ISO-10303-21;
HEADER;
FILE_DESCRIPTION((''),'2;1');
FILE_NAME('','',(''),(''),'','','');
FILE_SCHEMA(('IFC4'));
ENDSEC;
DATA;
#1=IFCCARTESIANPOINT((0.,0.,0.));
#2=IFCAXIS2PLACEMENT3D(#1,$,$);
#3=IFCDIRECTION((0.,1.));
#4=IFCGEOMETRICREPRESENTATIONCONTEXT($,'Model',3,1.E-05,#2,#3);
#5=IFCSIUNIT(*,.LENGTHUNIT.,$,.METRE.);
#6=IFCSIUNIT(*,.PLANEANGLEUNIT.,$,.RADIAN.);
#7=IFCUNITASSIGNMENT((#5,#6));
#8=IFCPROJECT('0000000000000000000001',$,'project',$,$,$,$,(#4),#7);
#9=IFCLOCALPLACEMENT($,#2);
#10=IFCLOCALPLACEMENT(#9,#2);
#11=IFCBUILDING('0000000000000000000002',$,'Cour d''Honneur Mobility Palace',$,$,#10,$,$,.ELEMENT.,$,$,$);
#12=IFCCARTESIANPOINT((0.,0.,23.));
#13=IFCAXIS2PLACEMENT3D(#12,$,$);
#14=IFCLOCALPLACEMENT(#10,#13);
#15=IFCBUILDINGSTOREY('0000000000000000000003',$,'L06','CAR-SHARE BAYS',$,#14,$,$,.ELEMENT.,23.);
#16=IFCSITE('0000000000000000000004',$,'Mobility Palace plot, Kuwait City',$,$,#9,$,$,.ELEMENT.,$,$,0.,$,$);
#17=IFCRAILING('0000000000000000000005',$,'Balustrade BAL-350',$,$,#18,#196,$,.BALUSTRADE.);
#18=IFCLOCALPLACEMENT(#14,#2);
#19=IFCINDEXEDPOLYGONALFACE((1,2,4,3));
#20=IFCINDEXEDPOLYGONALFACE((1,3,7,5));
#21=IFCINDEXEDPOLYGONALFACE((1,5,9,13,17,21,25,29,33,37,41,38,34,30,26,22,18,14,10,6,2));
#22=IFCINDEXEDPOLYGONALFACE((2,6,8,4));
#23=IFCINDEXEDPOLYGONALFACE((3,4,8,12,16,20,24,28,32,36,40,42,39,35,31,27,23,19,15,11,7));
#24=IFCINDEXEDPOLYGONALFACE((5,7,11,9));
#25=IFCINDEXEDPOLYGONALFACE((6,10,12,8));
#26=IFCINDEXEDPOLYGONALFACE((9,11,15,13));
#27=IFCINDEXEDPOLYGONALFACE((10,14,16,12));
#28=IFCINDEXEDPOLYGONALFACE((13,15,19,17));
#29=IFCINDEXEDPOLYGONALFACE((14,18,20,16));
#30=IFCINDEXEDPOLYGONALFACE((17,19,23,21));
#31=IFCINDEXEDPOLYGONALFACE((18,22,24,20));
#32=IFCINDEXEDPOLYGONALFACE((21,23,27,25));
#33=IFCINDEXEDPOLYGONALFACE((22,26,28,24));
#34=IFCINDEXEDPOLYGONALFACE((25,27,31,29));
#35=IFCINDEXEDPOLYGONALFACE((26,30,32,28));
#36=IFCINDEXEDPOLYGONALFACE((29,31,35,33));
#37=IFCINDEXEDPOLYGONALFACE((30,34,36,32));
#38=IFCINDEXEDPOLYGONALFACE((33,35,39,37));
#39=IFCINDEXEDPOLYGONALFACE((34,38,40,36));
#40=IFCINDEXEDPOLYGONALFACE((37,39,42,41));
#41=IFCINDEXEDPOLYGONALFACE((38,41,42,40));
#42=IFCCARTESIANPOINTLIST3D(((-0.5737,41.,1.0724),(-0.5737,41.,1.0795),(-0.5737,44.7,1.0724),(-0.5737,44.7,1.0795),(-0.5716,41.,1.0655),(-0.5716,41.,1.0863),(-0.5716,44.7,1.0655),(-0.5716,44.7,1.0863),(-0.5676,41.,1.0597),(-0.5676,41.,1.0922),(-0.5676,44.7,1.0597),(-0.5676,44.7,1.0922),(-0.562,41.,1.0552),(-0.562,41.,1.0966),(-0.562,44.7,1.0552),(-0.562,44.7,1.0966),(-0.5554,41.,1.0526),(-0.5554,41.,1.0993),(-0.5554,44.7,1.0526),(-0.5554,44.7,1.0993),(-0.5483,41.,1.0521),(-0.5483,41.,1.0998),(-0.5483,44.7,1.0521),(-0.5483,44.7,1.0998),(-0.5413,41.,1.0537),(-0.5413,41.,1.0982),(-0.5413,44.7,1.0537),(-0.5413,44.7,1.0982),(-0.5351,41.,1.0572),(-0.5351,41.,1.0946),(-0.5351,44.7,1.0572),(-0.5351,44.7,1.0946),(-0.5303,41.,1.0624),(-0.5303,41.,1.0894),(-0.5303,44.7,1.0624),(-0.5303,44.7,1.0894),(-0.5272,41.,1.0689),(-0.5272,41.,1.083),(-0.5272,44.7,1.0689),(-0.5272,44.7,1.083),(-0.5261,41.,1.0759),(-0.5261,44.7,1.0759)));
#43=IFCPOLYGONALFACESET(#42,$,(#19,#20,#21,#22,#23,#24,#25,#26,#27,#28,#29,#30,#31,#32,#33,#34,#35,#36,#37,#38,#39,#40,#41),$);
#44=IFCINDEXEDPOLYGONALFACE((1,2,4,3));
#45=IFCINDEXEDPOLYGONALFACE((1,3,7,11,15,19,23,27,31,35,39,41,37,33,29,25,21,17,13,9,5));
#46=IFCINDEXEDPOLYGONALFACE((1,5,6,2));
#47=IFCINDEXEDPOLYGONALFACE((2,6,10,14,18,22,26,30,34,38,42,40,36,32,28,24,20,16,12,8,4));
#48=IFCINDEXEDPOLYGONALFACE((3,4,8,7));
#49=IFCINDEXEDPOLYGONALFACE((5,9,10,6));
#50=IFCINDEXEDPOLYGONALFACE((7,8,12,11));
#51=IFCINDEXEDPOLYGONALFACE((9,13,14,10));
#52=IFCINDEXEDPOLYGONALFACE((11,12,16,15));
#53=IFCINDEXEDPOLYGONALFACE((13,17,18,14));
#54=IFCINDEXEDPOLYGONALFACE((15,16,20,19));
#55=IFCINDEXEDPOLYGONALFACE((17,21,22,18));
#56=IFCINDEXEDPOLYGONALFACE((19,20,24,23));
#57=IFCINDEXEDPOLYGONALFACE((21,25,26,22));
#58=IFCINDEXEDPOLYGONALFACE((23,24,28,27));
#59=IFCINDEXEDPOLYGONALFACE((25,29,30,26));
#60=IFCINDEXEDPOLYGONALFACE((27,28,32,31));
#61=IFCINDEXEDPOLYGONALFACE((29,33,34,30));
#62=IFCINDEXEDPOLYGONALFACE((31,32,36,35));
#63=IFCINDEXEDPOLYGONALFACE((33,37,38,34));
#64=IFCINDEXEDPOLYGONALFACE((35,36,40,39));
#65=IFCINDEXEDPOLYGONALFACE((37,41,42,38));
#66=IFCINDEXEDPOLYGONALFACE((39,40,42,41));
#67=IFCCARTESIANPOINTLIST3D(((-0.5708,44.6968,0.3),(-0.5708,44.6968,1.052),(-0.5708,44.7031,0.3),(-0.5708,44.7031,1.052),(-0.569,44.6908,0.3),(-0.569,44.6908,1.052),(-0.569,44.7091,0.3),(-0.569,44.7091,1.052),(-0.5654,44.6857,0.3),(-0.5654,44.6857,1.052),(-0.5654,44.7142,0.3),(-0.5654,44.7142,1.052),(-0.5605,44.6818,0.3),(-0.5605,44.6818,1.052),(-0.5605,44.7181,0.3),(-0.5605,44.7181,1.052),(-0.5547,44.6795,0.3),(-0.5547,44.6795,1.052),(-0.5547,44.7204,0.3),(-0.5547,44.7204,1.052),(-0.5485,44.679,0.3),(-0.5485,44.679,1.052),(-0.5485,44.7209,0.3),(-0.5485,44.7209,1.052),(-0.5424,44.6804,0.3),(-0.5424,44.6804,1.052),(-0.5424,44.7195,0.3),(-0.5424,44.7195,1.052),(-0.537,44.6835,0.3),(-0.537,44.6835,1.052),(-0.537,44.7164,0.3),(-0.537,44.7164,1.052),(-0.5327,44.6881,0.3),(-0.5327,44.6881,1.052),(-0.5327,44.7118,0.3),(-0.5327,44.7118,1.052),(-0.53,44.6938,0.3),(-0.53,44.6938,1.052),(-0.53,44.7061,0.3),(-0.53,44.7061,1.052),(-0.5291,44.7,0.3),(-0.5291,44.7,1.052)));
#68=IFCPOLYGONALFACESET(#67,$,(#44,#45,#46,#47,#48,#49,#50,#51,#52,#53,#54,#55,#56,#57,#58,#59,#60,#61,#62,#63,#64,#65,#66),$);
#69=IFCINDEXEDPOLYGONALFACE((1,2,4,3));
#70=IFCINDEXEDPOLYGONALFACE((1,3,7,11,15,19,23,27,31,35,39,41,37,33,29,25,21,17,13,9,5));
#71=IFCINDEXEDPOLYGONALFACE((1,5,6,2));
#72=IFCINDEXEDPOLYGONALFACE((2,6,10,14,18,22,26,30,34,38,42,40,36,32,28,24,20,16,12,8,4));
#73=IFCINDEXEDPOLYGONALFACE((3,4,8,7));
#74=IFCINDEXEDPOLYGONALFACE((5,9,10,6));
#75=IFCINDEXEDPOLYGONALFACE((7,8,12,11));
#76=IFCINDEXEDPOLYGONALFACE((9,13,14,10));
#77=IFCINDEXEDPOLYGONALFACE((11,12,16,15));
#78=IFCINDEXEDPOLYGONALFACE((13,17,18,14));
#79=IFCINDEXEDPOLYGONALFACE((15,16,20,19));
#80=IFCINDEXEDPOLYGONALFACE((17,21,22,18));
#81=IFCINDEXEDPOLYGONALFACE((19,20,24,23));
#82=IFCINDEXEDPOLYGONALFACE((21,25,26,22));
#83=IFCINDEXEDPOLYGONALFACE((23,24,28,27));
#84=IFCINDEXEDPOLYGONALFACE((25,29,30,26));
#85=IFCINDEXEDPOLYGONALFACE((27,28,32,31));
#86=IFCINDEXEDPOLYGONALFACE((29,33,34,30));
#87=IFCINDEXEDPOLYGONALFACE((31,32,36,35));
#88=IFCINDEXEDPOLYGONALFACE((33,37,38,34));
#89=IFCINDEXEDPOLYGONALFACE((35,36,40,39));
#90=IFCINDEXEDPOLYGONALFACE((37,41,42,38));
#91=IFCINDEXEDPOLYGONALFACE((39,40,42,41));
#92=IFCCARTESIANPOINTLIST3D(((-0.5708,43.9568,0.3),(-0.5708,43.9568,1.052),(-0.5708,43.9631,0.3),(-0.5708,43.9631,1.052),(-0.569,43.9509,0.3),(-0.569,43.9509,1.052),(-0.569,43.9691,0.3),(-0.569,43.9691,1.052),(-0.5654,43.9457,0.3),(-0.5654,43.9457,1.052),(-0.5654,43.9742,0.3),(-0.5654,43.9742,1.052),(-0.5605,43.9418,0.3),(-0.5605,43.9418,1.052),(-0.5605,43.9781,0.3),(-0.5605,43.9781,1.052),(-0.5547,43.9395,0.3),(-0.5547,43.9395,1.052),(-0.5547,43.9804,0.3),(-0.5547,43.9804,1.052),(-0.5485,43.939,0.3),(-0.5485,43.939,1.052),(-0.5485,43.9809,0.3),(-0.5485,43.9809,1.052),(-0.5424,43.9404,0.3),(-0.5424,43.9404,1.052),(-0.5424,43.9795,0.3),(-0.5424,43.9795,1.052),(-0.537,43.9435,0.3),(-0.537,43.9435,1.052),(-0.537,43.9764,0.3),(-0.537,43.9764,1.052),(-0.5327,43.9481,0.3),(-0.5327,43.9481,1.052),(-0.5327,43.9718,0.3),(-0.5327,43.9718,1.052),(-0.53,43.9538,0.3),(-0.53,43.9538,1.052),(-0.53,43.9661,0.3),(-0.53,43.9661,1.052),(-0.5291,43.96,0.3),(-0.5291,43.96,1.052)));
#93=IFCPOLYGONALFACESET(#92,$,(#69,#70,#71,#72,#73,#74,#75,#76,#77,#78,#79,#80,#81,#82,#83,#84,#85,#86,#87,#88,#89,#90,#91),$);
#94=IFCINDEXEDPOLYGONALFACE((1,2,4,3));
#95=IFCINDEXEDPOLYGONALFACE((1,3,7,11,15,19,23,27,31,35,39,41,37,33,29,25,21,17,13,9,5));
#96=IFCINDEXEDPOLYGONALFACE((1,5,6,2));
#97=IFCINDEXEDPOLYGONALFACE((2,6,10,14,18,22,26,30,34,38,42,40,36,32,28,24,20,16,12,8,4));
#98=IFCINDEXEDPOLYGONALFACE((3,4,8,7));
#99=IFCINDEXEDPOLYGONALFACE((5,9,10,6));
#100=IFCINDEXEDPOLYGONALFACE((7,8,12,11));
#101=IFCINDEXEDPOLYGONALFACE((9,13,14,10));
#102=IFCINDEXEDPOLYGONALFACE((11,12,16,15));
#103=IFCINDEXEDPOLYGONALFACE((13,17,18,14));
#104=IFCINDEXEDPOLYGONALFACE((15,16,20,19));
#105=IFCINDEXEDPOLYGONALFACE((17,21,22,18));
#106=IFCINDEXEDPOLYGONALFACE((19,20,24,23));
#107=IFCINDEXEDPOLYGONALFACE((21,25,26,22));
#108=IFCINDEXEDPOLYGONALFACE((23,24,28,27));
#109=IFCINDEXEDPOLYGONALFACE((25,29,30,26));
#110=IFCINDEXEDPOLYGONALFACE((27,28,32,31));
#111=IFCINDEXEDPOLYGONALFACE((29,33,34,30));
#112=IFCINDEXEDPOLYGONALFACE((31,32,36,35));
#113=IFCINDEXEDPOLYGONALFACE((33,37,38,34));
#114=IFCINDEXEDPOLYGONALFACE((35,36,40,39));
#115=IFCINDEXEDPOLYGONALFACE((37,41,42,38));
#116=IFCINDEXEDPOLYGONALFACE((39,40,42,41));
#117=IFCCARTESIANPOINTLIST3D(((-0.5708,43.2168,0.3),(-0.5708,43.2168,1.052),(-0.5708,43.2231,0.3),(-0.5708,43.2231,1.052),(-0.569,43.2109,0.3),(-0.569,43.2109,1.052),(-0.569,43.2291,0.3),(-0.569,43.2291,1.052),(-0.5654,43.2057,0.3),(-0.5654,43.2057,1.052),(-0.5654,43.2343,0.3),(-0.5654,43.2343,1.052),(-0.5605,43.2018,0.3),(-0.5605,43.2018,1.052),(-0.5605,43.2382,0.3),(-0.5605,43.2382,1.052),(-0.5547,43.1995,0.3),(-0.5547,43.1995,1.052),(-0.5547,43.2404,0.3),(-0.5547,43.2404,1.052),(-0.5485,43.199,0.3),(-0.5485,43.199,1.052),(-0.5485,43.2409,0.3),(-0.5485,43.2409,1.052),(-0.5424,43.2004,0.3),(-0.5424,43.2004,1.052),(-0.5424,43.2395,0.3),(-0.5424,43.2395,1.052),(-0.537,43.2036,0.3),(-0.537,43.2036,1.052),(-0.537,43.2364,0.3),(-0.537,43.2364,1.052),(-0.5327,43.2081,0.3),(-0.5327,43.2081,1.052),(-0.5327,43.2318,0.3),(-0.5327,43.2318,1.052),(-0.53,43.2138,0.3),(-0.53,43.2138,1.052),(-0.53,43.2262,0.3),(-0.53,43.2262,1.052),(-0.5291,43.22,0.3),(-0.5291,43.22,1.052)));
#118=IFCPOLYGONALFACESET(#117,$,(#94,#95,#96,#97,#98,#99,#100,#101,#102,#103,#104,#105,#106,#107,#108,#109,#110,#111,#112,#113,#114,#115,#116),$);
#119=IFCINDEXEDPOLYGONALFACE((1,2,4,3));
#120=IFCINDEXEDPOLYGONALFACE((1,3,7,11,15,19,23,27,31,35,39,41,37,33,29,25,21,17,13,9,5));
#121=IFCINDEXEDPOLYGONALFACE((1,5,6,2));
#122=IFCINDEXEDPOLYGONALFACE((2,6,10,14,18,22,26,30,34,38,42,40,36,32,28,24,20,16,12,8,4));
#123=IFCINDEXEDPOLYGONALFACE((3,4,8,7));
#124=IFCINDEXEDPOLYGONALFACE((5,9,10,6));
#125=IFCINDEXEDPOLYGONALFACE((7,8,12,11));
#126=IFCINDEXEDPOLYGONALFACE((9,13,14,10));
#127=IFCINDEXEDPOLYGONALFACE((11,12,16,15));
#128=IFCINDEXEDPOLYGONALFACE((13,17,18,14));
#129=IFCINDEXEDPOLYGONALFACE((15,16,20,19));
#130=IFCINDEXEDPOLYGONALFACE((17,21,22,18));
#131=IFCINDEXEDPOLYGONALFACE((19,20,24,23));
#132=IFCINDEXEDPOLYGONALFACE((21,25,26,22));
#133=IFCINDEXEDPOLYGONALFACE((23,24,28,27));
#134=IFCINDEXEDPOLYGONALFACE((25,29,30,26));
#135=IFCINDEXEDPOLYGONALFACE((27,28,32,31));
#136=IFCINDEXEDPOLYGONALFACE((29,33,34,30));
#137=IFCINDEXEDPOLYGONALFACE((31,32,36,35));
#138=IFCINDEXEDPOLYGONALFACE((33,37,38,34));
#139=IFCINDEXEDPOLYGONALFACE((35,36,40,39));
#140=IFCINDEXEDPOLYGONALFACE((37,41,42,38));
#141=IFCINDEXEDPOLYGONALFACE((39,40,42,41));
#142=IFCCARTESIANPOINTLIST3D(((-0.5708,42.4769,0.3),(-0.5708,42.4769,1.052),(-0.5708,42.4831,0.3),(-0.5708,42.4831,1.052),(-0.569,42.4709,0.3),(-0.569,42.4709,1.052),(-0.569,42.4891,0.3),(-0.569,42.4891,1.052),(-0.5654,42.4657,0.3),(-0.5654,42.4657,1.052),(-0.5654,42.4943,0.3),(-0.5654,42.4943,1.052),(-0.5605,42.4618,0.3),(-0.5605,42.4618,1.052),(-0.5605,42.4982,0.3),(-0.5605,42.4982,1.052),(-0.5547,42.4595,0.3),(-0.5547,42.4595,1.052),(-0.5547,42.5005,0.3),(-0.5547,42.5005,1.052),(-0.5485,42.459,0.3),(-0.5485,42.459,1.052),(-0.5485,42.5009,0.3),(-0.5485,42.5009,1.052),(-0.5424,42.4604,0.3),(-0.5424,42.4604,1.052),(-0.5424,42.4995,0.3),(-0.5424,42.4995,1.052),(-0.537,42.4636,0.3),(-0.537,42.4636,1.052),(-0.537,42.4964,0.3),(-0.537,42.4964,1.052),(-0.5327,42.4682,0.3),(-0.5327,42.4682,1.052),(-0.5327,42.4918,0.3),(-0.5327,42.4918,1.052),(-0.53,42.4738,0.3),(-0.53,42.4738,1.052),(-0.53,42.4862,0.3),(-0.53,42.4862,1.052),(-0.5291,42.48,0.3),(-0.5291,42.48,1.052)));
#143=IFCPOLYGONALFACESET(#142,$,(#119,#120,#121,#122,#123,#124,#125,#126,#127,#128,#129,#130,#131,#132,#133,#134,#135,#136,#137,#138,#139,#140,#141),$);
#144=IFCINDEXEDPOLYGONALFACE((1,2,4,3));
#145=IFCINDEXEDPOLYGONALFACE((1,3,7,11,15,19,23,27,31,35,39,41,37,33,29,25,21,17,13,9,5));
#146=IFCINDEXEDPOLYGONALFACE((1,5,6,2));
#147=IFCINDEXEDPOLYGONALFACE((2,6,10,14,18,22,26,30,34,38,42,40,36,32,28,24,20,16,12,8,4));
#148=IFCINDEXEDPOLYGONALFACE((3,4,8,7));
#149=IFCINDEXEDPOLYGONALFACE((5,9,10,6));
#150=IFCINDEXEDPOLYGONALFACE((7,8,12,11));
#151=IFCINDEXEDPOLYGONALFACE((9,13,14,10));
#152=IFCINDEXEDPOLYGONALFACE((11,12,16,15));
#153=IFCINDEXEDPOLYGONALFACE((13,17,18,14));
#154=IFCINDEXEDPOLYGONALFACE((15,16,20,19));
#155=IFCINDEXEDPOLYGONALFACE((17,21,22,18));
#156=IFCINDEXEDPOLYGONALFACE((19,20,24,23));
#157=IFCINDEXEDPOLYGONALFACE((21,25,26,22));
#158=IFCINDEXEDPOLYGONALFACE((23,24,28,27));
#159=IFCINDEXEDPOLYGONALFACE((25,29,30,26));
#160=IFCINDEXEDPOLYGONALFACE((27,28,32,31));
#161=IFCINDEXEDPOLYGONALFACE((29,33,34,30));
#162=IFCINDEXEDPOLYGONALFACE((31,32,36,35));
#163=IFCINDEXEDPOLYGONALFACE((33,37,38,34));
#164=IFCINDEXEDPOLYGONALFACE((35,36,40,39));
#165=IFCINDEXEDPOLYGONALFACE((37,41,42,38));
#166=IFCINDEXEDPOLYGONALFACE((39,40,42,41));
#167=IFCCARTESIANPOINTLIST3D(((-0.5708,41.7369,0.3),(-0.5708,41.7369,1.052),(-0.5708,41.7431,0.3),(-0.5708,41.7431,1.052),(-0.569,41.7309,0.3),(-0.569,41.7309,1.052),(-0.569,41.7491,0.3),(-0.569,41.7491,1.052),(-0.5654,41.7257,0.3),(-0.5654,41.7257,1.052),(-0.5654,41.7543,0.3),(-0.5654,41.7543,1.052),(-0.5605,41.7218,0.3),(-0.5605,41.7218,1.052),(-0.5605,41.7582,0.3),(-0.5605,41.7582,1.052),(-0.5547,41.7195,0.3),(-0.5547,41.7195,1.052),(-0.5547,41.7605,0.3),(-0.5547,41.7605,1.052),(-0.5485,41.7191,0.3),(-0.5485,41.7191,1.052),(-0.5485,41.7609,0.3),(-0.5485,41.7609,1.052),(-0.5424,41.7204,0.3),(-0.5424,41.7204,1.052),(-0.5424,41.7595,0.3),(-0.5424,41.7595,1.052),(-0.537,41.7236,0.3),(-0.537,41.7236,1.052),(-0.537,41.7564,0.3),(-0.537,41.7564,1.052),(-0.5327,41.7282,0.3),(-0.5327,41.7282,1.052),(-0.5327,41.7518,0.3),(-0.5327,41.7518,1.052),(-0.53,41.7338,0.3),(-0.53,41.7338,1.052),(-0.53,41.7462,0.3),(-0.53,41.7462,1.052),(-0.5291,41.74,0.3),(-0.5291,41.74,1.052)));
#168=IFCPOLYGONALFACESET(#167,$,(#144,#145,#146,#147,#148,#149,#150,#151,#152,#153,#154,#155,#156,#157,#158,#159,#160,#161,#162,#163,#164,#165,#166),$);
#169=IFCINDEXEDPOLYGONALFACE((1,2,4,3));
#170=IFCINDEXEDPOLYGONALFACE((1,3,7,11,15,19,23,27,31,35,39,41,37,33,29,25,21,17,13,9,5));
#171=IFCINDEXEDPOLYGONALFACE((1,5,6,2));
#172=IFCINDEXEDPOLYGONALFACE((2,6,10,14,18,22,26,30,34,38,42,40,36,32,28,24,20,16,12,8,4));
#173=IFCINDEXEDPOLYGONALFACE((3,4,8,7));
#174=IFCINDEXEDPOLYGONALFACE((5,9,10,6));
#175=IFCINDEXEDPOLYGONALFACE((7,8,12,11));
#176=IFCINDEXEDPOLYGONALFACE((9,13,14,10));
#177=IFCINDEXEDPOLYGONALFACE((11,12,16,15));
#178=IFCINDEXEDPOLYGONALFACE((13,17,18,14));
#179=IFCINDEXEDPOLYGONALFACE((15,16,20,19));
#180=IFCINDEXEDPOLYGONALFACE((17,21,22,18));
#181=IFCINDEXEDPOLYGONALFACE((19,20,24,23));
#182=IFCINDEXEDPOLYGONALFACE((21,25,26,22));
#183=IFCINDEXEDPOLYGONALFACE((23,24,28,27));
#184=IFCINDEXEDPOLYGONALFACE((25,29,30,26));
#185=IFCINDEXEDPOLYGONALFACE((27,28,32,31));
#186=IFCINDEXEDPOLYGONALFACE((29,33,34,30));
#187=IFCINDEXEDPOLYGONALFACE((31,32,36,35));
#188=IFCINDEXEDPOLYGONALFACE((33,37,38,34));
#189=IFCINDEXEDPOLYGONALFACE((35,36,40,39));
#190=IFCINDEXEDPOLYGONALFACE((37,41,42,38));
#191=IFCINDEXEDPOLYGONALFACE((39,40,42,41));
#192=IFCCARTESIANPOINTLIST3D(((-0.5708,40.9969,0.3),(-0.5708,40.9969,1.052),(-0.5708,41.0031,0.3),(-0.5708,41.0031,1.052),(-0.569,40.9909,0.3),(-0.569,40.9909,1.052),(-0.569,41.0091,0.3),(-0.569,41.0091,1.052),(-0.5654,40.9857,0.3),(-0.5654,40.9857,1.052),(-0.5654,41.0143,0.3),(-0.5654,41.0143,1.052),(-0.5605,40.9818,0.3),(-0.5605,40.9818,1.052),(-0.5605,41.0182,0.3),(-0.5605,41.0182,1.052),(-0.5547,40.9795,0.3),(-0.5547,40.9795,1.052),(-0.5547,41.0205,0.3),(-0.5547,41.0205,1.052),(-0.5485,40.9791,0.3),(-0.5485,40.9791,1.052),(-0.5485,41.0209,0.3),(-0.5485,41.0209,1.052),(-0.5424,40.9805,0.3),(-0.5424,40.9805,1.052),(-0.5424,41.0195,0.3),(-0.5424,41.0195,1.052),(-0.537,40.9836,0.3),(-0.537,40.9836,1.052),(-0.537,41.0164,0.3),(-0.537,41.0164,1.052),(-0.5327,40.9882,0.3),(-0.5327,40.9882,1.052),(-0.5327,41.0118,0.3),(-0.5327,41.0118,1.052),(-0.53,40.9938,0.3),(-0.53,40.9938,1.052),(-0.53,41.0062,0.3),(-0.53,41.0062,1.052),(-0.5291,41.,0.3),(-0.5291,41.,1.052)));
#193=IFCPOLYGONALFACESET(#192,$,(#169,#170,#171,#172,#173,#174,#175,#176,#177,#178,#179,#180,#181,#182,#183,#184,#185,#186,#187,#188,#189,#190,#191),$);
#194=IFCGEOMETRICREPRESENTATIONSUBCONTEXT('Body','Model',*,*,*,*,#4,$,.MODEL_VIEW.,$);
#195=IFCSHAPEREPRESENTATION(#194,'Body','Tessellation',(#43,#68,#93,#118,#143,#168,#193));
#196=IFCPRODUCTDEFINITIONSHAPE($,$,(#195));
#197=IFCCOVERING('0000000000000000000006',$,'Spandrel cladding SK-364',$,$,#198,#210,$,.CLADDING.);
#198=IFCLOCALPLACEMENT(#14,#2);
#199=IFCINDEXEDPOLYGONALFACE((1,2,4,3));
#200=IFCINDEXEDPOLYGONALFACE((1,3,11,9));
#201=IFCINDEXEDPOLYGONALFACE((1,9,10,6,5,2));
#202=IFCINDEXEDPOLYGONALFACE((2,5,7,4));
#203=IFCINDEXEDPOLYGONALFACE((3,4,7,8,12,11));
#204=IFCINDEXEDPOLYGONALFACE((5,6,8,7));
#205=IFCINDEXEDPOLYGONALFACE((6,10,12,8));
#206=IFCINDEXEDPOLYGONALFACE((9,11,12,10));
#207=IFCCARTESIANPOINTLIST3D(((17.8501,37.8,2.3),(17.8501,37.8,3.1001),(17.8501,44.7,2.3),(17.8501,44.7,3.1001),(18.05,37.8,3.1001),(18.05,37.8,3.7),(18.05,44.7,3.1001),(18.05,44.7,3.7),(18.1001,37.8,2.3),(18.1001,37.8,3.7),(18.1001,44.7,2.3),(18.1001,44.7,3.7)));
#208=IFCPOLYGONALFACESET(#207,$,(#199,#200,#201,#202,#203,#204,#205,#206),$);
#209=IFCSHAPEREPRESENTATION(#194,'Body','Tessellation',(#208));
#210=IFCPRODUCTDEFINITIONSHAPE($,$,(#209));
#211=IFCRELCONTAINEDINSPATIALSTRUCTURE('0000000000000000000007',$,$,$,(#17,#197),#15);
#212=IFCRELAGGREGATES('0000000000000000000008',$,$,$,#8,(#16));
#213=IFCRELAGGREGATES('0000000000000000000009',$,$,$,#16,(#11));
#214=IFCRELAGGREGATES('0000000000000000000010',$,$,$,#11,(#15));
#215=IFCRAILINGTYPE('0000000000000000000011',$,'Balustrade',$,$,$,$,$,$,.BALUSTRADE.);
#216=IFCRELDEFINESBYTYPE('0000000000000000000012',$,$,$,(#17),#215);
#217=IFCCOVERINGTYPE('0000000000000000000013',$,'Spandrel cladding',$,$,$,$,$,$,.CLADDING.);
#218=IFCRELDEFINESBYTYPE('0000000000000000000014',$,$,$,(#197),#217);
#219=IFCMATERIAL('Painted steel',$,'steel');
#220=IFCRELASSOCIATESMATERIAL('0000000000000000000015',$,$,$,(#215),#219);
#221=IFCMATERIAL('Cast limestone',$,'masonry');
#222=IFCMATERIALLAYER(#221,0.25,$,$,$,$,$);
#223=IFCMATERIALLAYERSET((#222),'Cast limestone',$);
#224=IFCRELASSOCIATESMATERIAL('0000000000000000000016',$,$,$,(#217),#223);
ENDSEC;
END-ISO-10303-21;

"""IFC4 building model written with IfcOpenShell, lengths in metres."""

from ifc_helpers import new_model, si_unit, direction, frame, origin, origin_2d, place, context, subcontext, project, spatial, polyline, circle, outline, extrude, material, layer, layer_set, type_object, element, save


model = new_model("IFC4")

# Units and contexts
model_context = context("Model", 3, precision=1e-05, world=origin(), true_north=direction((0.0, 1.0)))
body_context = subcontext(model_context, "Body", "Model", "MODEL_VIEW")
ifc_project = project(units=[si_unit("LENGTHUNIT", "METRE"), si_unit("PLANEANGLEUNIT", "RADIAN")], contexts=[model_context])

# Site, building, storey
site_placement = place(None, origin())
site = spatial("IfcSite", under=ifc_project, at=site_placement, Name="Mobility Palace plot, Kuwait City", CompositionType="ELEMENT", RefElevation=0.0)
building_placement = place(site_placement, origin())
building = spatial("IfcBuilding", under=site, at=building_placement, Name="Cour d'Honneur Mobility Palace", CompositionType="ELEMENT")
storey_placement = place(building_placement, frame((0.0, 0.0, 23.0)))
storey = spatial("IfcBuildingStorey", under=building, at=storey_placement, Name="L06", Description="CAR-SHARE BAYS", CompositionType="ELEMENT", Elevation=23.0)

# Railing
ifc_material_1 = material(Name="Painted steel", Category="steel")
railing_type = type_object("IfcRailingType", Name="Balustrade", PredefinedType="BALUSTRADE", material=ifc_material_1)
railing_1_placement = place(storey_placement, frame((-0.55, 44.7, 0.3)))
element("IfcRailing", 1, at=railing_1_placement, inside=storey, type_object=railing_type, Name="Balustrade BAL-350", PredefinedType="BALUSTRADE", context=body_context, shape_type="SweptSolid", body=[
    extrude(circle(Radius=0.0239, at=origin_2d()), frame((0.0, 0.0, 0.7759), z_axis=(0.0, -1.0, 0.0), x_axis=(1.0, 0.0, 0.0)), (0.0, 0.0, 1.0), 3.7),
    extrude(circle(Radius=0.021, at=origin_2d()), origin(), (0.0, 0.0, 1.0), 0.752),
    extrude(circle(Radius=0.021, at=origin_2d()), frame((0.0, -0.74, 0.0)), (0.0, 0.0, 1.0), 0.752),
    extrude(circle(Radius=0.021, at=origin_2d()), frame((0.0, -1.48, 0.0)), (0.0, 0.0, 1.0), 0.752),
    extrude(circle(Radius=0.021, at=origin_2d()), frame((0.0, -2.22, 0.0)), (0.0, 0.0, 1.0), 0.752),
    extrude(circle(Radius=0.021, at=origin_2d()), frame((0.0, -2.96, 0.0)), (0.0, 0.0, 1.0), 0.752),
    extrude(circle(Radius=0.021, at=origin_2d()), frame((0.0, -3.7, 0.0)), (0.0, 0.0, 1.0), 0.752),
])

# Covering
ifc_material_2 = material(Name="Cast limestone", Category="masonry")
ifc_layer_1 = layer(ifc_material_2, 0.25)
ifc_layer_set_1 = layer_set([ifc_layer_1], Name="Cast limestone")
covering_type = type_object("IfcCoveringType", Name="Spandrel cladding", PredefinedType="CLADDING", material=ifc_layer_set_1)
covering_placement = place(storey_placement, frame((17.8501, 37.8, 2.3), z_axis=(0.0, -1.0, 0.0), x_axis=(1.0, 0.0, 0.0)))
element("IfcCovering", 2, at=covering_placement, inside=storey, type_object=covering_type, Name="Spandrel cladding SK-364", PredefinedType="CLADDING", context=body_context, shape_type="SweptSolid", body=[
    extrude(outline(polyline([(0.0, 0.0), (0.25, 0.0), (0.25, 1.3999), (0.2, 1.3999), (0.2, 0.8), (0.0, 0.8), (0.0, 0.0)])), origin(), (0.0, 0.0, -1.0), 6.8999),
])

save(model, "model.ifc")
